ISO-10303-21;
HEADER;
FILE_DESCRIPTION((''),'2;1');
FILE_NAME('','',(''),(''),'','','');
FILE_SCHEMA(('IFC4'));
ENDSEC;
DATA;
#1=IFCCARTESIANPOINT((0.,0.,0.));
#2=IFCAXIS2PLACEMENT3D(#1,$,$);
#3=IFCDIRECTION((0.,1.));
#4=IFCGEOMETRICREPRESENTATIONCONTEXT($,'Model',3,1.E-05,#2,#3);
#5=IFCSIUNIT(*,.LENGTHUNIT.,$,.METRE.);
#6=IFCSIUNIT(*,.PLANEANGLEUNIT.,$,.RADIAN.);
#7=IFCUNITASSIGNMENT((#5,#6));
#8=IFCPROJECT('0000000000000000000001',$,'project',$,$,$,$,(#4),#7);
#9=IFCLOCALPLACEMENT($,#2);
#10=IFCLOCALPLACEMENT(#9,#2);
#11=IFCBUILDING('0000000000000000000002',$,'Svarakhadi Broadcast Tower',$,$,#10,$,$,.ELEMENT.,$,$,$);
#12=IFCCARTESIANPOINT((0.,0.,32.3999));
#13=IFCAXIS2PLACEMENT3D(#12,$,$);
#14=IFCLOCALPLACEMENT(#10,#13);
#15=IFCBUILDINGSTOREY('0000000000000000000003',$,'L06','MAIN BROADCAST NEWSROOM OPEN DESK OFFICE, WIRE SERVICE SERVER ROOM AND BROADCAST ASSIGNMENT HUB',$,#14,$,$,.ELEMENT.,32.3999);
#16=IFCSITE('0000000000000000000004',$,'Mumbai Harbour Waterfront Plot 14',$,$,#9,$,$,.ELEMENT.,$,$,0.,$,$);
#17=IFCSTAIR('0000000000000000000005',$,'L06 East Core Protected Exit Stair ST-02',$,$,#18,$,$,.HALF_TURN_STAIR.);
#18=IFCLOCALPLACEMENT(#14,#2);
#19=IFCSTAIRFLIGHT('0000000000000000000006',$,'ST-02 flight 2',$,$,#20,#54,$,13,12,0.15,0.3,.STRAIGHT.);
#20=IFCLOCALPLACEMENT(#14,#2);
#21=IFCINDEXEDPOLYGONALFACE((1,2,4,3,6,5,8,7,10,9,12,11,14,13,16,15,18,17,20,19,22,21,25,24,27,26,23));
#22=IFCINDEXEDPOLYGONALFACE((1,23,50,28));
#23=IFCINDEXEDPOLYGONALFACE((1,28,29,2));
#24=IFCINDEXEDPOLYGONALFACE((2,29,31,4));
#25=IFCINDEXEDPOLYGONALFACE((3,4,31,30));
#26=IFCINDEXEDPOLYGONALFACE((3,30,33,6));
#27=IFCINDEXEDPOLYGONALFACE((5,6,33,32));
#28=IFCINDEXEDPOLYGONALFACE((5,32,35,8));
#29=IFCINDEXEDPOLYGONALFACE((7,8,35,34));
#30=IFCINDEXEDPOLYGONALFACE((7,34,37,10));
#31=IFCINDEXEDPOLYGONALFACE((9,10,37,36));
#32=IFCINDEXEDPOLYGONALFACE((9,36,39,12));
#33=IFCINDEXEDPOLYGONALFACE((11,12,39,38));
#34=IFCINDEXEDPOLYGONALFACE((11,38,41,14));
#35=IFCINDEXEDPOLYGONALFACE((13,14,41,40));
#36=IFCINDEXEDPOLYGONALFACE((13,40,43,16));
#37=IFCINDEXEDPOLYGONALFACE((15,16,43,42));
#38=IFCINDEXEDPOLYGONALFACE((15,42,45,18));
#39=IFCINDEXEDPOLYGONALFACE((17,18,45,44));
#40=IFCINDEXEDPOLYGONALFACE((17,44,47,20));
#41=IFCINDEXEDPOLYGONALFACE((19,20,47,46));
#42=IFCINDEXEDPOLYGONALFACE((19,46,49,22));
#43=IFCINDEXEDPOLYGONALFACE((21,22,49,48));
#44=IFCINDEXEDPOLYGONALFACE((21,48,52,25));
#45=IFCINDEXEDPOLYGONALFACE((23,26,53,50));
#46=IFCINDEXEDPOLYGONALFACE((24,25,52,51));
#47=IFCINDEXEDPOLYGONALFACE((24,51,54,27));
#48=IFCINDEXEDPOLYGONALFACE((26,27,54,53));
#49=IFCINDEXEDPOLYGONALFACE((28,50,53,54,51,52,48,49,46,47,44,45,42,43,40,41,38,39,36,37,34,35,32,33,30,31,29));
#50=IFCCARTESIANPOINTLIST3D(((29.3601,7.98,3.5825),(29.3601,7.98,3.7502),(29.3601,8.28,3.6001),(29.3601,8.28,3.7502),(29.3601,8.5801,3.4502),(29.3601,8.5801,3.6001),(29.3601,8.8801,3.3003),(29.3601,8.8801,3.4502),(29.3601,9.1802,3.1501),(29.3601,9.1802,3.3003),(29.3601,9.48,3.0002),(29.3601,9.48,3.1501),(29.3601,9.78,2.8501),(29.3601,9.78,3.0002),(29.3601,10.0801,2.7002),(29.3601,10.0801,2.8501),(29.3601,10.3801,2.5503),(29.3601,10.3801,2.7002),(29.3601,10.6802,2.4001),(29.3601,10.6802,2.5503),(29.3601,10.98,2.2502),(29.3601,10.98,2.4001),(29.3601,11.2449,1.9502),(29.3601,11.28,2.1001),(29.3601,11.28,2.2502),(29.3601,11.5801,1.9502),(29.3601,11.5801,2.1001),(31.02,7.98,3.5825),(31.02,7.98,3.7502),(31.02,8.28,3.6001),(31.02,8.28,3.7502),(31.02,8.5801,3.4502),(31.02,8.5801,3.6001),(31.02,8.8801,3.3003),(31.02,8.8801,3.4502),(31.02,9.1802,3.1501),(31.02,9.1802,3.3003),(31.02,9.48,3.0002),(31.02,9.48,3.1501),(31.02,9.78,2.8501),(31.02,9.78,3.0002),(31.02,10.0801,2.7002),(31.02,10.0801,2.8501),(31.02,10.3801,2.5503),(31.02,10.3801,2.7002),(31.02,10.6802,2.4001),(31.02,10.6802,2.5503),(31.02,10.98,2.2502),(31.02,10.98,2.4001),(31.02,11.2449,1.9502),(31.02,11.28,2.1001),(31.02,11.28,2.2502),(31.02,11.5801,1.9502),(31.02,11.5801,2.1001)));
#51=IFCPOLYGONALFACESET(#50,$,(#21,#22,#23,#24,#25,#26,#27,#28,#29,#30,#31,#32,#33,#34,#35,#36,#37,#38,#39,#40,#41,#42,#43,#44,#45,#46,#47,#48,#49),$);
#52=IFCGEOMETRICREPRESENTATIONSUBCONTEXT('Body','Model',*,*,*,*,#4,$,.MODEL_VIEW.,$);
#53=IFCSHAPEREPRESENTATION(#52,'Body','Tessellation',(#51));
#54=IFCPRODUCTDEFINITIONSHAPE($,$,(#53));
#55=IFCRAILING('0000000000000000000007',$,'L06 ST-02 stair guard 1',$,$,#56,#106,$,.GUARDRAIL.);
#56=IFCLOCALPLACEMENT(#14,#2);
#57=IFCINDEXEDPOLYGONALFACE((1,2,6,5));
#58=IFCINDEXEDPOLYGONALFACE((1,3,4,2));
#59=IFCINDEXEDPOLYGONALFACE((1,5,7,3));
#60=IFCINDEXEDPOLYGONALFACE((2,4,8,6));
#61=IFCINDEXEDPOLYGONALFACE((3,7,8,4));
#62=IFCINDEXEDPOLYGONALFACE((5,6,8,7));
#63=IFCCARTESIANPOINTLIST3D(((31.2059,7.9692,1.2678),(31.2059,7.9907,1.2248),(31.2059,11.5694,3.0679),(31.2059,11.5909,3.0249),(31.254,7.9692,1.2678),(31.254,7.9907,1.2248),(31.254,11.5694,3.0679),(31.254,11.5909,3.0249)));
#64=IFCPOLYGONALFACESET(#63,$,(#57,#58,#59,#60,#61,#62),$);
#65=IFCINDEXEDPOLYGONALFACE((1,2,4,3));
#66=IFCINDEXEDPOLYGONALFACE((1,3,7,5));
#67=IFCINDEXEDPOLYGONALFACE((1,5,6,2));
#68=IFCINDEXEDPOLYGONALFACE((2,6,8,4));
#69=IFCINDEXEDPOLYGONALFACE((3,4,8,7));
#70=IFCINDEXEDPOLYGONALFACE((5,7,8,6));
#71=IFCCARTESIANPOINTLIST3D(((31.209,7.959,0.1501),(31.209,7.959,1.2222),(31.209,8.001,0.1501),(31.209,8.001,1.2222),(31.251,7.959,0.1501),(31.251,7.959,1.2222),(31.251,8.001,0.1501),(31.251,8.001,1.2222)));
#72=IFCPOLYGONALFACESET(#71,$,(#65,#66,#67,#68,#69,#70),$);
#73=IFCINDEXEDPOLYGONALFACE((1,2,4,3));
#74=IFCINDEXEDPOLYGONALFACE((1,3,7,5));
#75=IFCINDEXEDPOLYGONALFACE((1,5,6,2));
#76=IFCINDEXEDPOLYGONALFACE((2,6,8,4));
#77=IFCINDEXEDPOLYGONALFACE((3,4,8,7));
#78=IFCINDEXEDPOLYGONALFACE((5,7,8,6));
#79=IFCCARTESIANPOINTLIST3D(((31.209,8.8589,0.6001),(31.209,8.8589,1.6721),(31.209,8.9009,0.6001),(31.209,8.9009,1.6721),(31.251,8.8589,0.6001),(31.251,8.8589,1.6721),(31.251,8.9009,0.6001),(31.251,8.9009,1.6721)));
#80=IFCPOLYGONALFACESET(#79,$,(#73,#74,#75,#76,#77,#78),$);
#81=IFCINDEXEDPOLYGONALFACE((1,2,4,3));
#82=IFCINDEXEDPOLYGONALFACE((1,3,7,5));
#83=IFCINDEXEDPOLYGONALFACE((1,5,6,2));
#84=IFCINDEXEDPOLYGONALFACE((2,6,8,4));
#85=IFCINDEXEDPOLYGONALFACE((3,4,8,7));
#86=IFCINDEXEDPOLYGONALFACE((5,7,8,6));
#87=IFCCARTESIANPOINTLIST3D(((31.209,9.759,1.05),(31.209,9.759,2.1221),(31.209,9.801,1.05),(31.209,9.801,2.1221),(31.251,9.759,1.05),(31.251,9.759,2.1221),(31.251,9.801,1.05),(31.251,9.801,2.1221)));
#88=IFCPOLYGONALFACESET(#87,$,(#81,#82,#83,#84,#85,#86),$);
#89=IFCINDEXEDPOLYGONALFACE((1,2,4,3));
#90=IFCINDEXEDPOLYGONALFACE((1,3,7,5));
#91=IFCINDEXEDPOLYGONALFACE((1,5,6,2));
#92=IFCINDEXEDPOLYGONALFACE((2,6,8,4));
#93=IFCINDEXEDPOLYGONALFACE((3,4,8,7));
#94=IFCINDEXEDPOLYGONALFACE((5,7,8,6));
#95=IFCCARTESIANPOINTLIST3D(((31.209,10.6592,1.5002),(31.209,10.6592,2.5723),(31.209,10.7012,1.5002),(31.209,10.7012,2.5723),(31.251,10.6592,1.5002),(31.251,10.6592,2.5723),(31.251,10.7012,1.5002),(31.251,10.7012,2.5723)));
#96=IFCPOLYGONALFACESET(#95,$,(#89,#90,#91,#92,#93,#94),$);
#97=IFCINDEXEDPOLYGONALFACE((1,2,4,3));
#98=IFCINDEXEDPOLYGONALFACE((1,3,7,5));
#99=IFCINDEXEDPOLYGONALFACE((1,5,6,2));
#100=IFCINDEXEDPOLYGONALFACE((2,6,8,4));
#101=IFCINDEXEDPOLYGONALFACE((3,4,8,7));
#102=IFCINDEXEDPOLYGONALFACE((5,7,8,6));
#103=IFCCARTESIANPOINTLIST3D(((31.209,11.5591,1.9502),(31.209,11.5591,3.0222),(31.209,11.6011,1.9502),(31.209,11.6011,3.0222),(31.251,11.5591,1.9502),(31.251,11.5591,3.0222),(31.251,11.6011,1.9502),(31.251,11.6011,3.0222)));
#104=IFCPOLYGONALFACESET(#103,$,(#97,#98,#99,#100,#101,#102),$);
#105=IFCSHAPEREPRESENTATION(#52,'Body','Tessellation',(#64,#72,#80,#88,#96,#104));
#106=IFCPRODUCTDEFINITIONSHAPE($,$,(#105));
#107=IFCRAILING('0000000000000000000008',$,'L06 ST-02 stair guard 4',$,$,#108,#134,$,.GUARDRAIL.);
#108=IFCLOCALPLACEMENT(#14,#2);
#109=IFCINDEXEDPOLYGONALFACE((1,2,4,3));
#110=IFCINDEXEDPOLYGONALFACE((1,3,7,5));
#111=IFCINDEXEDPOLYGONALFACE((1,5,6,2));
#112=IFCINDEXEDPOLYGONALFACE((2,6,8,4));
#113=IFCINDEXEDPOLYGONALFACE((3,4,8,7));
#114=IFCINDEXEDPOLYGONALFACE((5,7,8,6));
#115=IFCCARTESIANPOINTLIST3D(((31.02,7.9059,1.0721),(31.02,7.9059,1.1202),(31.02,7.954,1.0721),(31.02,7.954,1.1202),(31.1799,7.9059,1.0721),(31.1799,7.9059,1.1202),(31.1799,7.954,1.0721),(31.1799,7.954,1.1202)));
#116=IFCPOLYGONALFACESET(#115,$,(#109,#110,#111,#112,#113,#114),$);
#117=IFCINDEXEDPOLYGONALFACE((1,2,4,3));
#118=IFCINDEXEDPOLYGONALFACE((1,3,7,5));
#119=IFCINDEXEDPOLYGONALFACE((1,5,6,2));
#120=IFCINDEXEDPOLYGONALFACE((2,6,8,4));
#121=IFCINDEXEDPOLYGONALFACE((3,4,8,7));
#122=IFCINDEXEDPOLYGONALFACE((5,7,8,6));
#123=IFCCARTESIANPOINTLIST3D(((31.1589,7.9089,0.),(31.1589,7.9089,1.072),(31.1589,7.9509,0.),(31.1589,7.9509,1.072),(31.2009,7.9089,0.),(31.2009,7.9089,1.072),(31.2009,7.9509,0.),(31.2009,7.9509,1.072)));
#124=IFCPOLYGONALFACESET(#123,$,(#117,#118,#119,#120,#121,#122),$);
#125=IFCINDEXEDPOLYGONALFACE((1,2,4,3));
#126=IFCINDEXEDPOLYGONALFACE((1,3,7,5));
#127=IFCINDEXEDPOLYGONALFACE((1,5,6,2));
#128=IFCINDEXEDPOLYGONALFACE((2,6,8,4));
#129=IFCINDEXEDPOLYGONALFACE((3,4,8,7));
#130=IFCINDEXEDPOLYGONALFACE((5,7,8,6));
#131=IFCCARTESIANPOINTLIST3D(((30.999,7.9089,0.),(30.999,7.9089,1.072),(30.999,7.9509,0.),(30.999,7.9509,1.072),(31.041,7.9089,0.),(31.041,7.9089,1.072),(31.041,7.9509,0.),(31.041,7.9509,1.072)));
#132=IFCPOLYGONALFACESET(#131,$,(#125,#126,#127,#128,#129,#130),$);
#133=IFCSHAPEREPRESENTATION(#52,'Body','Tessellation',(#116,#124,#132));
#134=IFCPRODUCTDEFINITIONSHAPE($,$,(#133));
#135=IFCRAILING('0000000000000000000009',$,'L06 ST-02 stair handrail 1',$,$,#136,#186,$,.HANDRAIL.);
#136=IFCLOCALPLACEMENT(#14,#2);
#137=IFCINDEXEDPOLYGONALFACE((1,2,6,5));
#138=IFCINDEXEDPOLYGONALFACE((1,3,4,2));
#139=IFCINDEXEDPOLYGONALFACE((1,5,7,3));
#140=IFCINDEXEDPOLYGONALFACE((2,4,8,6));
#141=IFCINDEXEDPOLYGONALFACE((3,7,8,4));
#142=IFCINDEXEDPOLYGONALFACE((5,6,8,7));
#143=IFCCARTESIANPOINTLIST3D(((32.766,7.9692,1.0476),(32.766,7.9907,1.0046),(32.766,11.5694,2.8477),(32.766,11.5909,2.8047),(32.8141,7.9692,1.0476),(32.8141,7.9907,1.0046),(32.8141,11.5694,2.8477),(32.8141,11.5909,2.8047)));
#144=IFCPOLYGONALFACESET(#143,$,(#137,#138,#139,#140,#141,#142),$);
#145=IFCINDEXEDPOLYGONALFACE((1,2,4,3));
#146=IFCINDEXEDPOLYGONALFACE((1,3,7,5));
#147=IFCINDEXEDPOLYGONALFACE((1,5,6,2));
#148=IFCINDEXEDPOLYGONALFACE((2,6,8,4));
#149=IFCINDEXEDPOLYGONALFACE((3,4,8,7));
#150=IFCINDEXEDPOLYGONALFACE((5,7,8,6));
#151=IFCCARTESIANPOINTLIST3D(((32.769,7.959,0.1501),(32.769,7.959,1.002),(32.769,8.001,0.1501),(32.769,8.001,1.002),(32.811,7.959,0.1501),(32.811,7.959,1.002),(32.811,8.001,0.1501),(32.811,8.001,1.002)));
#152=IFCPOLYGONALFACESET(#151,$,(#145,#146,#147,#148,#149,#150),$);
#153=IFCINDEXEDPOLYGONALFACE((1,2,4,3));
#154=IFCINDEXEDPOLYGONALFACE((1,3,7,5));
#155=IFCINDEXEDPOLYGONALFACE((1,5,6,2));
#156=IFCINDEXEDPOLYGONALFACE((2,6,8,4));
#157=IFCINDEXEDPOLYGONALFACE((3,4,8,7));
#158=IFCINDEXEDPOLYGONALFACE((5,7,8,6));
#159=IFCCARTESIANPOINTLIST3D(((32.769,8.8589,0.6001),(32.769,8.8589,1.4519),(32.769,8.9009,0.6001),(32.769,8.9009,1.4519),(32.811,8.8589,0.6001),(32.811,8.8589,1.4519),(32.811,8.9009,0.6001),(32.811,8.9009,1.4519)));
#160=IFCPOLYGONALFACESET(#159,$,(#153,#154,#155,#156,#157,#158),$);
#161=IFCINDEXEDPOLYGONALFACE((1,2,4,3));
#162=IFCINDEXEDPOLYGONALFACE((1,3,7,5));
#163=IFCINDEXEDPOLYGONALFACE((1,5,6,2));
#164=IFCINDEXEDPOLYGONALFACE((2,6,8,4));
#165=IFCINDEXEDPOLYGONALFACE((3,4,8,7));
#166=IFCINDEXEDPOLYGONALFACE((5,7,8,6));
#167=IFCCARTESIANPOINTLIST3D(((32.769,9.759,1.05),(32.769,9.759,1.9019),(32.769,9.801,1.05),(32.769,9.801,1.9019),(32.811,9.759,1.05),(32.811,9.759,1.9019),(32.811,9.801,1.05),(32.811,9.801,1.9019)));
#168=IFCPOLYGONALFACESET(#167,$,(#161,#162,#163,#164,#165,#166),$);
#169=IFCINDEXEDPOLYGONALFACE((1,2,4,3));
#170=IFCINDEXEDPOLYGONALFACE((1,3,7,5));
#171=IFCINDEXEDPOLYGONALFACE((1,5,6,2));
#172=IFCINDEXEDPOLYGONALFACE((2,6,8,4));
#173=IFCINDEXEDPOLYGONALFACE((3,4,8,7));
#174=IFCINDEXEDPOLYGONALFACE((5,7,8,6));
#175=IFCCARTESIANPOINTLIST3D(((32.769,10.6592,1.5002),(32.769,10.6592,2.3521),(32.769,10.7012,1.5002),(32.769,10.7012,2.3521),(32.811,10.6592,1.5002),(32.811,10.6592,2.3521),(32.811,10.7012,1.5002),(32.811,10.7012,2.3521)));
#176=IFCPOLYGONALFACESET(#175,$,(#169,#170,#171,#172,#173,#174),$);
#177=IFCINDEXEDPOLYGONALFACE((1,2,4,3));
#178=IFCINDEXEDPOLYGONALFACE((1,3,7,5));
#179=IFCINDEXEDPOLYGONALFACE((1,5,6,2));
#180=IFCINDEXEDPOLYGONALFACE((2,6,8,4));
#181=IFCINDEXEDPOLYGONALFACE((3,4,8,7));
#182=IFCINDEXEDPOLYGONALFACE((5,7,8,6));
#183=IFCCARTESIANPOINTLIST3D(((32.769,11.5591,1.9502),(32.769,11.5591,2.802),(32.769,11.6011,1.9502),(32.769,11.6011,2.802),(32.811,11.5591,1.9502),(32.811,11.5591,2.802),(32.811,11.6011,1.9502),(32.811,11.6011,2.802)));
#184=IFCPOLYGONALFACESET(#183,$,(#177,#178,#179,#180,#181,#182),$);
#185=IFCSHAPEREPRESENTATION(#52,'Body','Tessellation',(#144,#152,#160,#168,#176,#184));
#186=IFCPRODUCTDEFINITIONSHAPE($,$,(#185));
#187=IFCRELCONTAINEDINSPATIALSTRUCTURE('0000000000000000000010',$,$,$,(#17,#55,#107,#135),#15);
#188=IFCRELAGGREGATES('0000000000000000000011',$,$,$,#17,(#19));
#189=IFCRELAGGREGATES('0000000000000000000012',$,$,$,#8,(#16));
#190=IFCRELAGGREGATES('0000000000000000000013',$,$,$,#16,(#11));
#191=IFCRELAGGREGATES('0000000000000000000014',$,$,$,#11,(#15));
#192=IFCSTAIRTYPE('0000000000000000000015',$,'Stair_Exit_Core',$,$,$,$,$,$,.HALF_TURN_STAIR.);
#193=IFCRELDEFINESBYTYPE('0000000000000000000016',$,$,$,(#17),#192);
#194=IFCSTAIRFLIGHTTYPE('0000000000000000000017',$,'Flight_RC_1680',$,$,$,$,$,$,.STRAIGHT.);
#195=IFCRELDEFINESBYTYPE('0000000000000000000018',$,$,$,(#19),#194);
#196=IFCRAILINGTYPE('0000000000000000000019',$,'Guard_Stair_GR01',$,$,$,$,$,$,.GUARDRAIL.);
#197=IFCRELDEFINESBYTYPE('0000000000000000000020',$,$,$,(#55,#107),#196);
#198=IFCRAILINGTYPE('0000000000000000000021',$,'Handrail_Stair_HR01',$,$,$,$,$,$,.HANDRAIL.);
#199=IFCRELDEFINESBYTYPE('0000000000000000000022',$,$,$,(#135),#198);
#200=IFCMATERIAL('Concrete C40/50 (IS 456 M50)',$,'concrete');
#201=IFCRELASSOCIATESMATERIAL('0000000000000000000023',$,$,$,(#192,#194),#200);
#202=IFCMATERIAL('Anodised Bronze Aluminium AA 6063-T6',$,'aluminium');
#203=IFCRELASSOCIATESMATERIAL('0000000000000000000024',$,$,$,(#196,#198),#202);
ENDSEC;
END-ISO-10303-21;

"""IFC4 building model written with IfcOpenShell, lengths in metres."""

from ifc_helpers import new_model, si_unit, direction, frame, origin, origin_2d, place, context, subcontext, project, spatial, polyline, rectangle, outline, extrude, material, type_object, element, aggregate, save


model = new_model("IFC4")

# Units and contexts
model_context = context("Model", 3, precision=1e-05, world=origin(), true_north=direction((0.0, 1.0)))
body_context = subcontext(model_context, "Body", "Model", "MODEL_VIEW")
ifc_project = project(units=[si_unit("LENGTHUNIT", "METRE"), si_unit("PLANEANGLEUNIT", "RADIAN")], contexts=[model_context])

# Site, building, storey
site_placement = place(None, origin())
site = spatial("IfcSite", under=ifc_project, at=site_placement, Name="Mumbai Harbour Waterfront Plot 14", CompositionType="ELEMENT", RefElevation=0.0)
building_placement = place(site_placement, origin())
building = spatial("IfcBuilding", under=site, at=building_placement, Name="Svarakhadi Broadcast Tower", CompositionType="ELEMENT")
storey_placement = place(building_placement, frame((0.0, 0.0, 32.3999)))
storey = spatial("IfcBuildingStorey", under=building, at=storey_placement, Name="L06", Description="MAIN BROADCAST NEWSROOM OPEN DESK OFFICE, WIRE SERVICE SERVER ROOM AND BROADCAST ASSIGNMENT HUB", CompositionType="ELEMENT", Elevation=32.3999)

# Shared definitions
ifc_material_1 = material(Name="Anodised Bronze Aluminium AA 6063-T6", Category="aluminium")

# Shared definitions
ifc_material_2 = material(Name="Concrete C40/50 (IS 456 M50)", Category="concrete")

# Stair, stair flight
stair_type = type_object("IfcStairType", Name="Stair_Exit_Core", PredefinedType="HALF_TURN_STAIR", material=ifc_material_2)
stair_placement = place(storey_placement, origin())
stair = element("IfcStair", 1, at=stair_placement, inside=storey, type_object=stair_type, Name="L06 East Core Protected Exit Stair ST-02", PredefinedType="HALF_TURN_STAIR")
stair_flight_type = type_object("IfcStairFlightType", Name="Flight_RC_1680", PredefinedType="STRAIGHT", material=ifc_material_2)
stair_flight_1_placement = place(storey_placement, frame((30.1899, 11.5801, 1.9502), z_axis=(0.0, 0.0, 1.0), x_axis=(0.0, -1.0, 0.0)))
stair_flight_1 = element("IfcStairFlight", 2, at=stair_flight_1_placement, type_object=stair_flight_type, Name="ST-02 flight 2", NumberOfRisers=13, NumberOfTreads=12, PredefinedType="STRAIGHT", RiserHeight=0.15, TreadLength=0.3, context=body_context, shape_type="SweptSolid", body=[
    extrude(outline(polyline([(0.0, 0.0), (0.0, 0.1499), (0.3, 0.1499), (0.3, 0.3), (0.6001, 0.3), (0.6001, 0.45), (0.8999, 0.45), (0.8999, 0.6001), (1.2, 0.6001), (1.2, 0.75), (1.5, 0.75), (1.5, 0.8999), (1.8, 0.8999), (1.8, 1.05), (2.1001, 1.05), (2.1001, 1.2), (2.3999, 1.2), (2.3999, 1.3501), (2.7, 1.3501), (2.7, 1.5), (3.0, 1.5), (3.0, 1.6499), (3.3, 1.6499), (3.3, 1.8), (3.6001, 1.8), (3.6001, 1.95), (3.6001, 1.6323), (0.3352, 0.0), (0.0, 0.0)])), frame((0.0, 0.8301, 0.0), z_axis=(0.0, -1.0, 0.0), x_axis=(1.0, 0.0, 0.0)), (0.0, 0.0, 1.0), 1.6599),
])
aggregate(stair, [stair_flight_1])

# Railings
railing_type_1 = type_object("IfcRailingType", Name="Guard_Stair_GR01", PredefinedType="GUARDRAIL", material=ifc_material_1)
railing_1_placement = place(storey_placement, frame((31.23, 7.98, 0.1501)))
element("IfcRailing", 3, at=railing_1_placement, inside=storey, type_object=railing_type_1, Name="L06 ST-02 stair guard 1", PredefinedType="GUARDRAIL", context=body_context, shape_type="SweptSolid", body=[
    extrude(rectangle(XDim=0.0481, YDim=0.0481, at=origin_2d()), frame((0.0, 0.0, 1.0962), z_axis=(0.0, 0.894427, 0.447214), x_axis=(-1.0, 0.0, 0.0)), (0.0, 0.0, 1.0), 4.0251),
    extrude(rectangle(XDim=0.042, YDim=0.042, at=origin_2d()), origin(), (0.0, 0.0, 1.0), 1.072),
    extrude(rectangle(XDim=0.042, YDim=0.042, at=origin_2d()), frame((0.0, 0.8999, 0.45)), (0.0, 0.0, 1.0), 1.072),
    extrude(rectangle(XDim=0.042, YDim=0.042, at=origin_2d()), frame((0.0, 1.8, 0.8999)), (0.0, 0.0, 1.0), 1.072),
    extrude(rectangle(XDim=0.042, YDim=0.042, at=origin_2d()), frame((0.0, 2.7002, 1.3501)), (0.0, 0.0, 1.0), 1.072),
    extrude(rectangle(XDim=0.042, YDim=0.042, at=origin_2d()), frame((0.0, 3.6001, 1.8)), (0.0, 0.0, 1.0), 1.072),
])
railing_2_placement = place(storey_placement, frame((31.1799, 7.9299, 0.0)))
element("IfcRailing", 4, at=railing_2_placement, inside=storey, type_object=railing_type_1, Name="L06 ST-02 stair guard 4", PredefinedType="GUARDRAIL", context=body_context, shape_type="SweptSolid", body=[
    extrude(rectangle(XDim=0.0481, YDim=0.0481, at=origin_2d()), frame((0.0, 0.0, 1.0962), z_axis=(-1.0, 0.0, 0.0), x_axis=(0.0, -1.0, 0.0)), (0.0, 0.0, 1.0), 0.1599),
    extrude(rectangle(XDim=0.042, YDim=0.042, at=origin_2d()), origin(), (0.0, 0.0, 1.0), 1.072),
    extrude(rectangle(XDim=0.042, YDim=0.042, at=origin_2d()), frame((-0.1599, 0.0, 0.0)), (0.0, 0.0, 1.0), 1.072),
])
railing_type_2 = type_object("IfcRailingType", Name="Handrail_Stair_HR01", PredefinedType="HANDRAIL", material=ifc_material_1)
railing_3_placement = place(storey_placement, frame((32.79, 7.98, 0.1501)))
element("IfcRailing", 5, at=railing_3_placement, inside=storey, type_object=railing_type_2, Name="L06 ST-02 stair handrail 1", PredefinedType="HANDRAIL", context=body_context, shape_type="SweptSolid", body=[
    extrude(rectangle(XDim=0.0481, YDim=0.0481, at=origin_2d()), frame((0.0, 0.0, 0.876), z_axis=(0.0, 0.894427, 0.447214), x_axis=(-1.0, 0.0, 0.0)), (0.0, 0.0, 1.0), 4.0251),
    extrude(rectangle(XDim=0.042, YDim=0.042, at=origin_2d()), origin(), (0.0, 0.0, 1.0), 0.8518),
    extrude(rectangle(XDim=0.042, YDim=0.042, at=origin_2d()), frame((0.0, 0.8999, 0.45)), (0.0, 0.0, 1.0), 0.8518),
    extrude(rectangle(XDim=0.042, YDim=0.042, at=origin_2d()), frame((0.0, 1.8, 0.8999)), (0.0, 0.0, 1.0), 0.8518),
    extrude(rectangle(XDim=0.042, YDim=0.042, at=origin_2d()), frame((0.0, 2.7002, 1.3501)), (0.0, 0.0, 1.0), 0.8518),
    extrude(rectangle(XDim=0.042, YDim=0.042, at=origin_2d()), frame((0.0, 3.6001, 1.8)), (0.0, 0.0, 1.0), 0.8518),
])

save(model, "model.ifc")
